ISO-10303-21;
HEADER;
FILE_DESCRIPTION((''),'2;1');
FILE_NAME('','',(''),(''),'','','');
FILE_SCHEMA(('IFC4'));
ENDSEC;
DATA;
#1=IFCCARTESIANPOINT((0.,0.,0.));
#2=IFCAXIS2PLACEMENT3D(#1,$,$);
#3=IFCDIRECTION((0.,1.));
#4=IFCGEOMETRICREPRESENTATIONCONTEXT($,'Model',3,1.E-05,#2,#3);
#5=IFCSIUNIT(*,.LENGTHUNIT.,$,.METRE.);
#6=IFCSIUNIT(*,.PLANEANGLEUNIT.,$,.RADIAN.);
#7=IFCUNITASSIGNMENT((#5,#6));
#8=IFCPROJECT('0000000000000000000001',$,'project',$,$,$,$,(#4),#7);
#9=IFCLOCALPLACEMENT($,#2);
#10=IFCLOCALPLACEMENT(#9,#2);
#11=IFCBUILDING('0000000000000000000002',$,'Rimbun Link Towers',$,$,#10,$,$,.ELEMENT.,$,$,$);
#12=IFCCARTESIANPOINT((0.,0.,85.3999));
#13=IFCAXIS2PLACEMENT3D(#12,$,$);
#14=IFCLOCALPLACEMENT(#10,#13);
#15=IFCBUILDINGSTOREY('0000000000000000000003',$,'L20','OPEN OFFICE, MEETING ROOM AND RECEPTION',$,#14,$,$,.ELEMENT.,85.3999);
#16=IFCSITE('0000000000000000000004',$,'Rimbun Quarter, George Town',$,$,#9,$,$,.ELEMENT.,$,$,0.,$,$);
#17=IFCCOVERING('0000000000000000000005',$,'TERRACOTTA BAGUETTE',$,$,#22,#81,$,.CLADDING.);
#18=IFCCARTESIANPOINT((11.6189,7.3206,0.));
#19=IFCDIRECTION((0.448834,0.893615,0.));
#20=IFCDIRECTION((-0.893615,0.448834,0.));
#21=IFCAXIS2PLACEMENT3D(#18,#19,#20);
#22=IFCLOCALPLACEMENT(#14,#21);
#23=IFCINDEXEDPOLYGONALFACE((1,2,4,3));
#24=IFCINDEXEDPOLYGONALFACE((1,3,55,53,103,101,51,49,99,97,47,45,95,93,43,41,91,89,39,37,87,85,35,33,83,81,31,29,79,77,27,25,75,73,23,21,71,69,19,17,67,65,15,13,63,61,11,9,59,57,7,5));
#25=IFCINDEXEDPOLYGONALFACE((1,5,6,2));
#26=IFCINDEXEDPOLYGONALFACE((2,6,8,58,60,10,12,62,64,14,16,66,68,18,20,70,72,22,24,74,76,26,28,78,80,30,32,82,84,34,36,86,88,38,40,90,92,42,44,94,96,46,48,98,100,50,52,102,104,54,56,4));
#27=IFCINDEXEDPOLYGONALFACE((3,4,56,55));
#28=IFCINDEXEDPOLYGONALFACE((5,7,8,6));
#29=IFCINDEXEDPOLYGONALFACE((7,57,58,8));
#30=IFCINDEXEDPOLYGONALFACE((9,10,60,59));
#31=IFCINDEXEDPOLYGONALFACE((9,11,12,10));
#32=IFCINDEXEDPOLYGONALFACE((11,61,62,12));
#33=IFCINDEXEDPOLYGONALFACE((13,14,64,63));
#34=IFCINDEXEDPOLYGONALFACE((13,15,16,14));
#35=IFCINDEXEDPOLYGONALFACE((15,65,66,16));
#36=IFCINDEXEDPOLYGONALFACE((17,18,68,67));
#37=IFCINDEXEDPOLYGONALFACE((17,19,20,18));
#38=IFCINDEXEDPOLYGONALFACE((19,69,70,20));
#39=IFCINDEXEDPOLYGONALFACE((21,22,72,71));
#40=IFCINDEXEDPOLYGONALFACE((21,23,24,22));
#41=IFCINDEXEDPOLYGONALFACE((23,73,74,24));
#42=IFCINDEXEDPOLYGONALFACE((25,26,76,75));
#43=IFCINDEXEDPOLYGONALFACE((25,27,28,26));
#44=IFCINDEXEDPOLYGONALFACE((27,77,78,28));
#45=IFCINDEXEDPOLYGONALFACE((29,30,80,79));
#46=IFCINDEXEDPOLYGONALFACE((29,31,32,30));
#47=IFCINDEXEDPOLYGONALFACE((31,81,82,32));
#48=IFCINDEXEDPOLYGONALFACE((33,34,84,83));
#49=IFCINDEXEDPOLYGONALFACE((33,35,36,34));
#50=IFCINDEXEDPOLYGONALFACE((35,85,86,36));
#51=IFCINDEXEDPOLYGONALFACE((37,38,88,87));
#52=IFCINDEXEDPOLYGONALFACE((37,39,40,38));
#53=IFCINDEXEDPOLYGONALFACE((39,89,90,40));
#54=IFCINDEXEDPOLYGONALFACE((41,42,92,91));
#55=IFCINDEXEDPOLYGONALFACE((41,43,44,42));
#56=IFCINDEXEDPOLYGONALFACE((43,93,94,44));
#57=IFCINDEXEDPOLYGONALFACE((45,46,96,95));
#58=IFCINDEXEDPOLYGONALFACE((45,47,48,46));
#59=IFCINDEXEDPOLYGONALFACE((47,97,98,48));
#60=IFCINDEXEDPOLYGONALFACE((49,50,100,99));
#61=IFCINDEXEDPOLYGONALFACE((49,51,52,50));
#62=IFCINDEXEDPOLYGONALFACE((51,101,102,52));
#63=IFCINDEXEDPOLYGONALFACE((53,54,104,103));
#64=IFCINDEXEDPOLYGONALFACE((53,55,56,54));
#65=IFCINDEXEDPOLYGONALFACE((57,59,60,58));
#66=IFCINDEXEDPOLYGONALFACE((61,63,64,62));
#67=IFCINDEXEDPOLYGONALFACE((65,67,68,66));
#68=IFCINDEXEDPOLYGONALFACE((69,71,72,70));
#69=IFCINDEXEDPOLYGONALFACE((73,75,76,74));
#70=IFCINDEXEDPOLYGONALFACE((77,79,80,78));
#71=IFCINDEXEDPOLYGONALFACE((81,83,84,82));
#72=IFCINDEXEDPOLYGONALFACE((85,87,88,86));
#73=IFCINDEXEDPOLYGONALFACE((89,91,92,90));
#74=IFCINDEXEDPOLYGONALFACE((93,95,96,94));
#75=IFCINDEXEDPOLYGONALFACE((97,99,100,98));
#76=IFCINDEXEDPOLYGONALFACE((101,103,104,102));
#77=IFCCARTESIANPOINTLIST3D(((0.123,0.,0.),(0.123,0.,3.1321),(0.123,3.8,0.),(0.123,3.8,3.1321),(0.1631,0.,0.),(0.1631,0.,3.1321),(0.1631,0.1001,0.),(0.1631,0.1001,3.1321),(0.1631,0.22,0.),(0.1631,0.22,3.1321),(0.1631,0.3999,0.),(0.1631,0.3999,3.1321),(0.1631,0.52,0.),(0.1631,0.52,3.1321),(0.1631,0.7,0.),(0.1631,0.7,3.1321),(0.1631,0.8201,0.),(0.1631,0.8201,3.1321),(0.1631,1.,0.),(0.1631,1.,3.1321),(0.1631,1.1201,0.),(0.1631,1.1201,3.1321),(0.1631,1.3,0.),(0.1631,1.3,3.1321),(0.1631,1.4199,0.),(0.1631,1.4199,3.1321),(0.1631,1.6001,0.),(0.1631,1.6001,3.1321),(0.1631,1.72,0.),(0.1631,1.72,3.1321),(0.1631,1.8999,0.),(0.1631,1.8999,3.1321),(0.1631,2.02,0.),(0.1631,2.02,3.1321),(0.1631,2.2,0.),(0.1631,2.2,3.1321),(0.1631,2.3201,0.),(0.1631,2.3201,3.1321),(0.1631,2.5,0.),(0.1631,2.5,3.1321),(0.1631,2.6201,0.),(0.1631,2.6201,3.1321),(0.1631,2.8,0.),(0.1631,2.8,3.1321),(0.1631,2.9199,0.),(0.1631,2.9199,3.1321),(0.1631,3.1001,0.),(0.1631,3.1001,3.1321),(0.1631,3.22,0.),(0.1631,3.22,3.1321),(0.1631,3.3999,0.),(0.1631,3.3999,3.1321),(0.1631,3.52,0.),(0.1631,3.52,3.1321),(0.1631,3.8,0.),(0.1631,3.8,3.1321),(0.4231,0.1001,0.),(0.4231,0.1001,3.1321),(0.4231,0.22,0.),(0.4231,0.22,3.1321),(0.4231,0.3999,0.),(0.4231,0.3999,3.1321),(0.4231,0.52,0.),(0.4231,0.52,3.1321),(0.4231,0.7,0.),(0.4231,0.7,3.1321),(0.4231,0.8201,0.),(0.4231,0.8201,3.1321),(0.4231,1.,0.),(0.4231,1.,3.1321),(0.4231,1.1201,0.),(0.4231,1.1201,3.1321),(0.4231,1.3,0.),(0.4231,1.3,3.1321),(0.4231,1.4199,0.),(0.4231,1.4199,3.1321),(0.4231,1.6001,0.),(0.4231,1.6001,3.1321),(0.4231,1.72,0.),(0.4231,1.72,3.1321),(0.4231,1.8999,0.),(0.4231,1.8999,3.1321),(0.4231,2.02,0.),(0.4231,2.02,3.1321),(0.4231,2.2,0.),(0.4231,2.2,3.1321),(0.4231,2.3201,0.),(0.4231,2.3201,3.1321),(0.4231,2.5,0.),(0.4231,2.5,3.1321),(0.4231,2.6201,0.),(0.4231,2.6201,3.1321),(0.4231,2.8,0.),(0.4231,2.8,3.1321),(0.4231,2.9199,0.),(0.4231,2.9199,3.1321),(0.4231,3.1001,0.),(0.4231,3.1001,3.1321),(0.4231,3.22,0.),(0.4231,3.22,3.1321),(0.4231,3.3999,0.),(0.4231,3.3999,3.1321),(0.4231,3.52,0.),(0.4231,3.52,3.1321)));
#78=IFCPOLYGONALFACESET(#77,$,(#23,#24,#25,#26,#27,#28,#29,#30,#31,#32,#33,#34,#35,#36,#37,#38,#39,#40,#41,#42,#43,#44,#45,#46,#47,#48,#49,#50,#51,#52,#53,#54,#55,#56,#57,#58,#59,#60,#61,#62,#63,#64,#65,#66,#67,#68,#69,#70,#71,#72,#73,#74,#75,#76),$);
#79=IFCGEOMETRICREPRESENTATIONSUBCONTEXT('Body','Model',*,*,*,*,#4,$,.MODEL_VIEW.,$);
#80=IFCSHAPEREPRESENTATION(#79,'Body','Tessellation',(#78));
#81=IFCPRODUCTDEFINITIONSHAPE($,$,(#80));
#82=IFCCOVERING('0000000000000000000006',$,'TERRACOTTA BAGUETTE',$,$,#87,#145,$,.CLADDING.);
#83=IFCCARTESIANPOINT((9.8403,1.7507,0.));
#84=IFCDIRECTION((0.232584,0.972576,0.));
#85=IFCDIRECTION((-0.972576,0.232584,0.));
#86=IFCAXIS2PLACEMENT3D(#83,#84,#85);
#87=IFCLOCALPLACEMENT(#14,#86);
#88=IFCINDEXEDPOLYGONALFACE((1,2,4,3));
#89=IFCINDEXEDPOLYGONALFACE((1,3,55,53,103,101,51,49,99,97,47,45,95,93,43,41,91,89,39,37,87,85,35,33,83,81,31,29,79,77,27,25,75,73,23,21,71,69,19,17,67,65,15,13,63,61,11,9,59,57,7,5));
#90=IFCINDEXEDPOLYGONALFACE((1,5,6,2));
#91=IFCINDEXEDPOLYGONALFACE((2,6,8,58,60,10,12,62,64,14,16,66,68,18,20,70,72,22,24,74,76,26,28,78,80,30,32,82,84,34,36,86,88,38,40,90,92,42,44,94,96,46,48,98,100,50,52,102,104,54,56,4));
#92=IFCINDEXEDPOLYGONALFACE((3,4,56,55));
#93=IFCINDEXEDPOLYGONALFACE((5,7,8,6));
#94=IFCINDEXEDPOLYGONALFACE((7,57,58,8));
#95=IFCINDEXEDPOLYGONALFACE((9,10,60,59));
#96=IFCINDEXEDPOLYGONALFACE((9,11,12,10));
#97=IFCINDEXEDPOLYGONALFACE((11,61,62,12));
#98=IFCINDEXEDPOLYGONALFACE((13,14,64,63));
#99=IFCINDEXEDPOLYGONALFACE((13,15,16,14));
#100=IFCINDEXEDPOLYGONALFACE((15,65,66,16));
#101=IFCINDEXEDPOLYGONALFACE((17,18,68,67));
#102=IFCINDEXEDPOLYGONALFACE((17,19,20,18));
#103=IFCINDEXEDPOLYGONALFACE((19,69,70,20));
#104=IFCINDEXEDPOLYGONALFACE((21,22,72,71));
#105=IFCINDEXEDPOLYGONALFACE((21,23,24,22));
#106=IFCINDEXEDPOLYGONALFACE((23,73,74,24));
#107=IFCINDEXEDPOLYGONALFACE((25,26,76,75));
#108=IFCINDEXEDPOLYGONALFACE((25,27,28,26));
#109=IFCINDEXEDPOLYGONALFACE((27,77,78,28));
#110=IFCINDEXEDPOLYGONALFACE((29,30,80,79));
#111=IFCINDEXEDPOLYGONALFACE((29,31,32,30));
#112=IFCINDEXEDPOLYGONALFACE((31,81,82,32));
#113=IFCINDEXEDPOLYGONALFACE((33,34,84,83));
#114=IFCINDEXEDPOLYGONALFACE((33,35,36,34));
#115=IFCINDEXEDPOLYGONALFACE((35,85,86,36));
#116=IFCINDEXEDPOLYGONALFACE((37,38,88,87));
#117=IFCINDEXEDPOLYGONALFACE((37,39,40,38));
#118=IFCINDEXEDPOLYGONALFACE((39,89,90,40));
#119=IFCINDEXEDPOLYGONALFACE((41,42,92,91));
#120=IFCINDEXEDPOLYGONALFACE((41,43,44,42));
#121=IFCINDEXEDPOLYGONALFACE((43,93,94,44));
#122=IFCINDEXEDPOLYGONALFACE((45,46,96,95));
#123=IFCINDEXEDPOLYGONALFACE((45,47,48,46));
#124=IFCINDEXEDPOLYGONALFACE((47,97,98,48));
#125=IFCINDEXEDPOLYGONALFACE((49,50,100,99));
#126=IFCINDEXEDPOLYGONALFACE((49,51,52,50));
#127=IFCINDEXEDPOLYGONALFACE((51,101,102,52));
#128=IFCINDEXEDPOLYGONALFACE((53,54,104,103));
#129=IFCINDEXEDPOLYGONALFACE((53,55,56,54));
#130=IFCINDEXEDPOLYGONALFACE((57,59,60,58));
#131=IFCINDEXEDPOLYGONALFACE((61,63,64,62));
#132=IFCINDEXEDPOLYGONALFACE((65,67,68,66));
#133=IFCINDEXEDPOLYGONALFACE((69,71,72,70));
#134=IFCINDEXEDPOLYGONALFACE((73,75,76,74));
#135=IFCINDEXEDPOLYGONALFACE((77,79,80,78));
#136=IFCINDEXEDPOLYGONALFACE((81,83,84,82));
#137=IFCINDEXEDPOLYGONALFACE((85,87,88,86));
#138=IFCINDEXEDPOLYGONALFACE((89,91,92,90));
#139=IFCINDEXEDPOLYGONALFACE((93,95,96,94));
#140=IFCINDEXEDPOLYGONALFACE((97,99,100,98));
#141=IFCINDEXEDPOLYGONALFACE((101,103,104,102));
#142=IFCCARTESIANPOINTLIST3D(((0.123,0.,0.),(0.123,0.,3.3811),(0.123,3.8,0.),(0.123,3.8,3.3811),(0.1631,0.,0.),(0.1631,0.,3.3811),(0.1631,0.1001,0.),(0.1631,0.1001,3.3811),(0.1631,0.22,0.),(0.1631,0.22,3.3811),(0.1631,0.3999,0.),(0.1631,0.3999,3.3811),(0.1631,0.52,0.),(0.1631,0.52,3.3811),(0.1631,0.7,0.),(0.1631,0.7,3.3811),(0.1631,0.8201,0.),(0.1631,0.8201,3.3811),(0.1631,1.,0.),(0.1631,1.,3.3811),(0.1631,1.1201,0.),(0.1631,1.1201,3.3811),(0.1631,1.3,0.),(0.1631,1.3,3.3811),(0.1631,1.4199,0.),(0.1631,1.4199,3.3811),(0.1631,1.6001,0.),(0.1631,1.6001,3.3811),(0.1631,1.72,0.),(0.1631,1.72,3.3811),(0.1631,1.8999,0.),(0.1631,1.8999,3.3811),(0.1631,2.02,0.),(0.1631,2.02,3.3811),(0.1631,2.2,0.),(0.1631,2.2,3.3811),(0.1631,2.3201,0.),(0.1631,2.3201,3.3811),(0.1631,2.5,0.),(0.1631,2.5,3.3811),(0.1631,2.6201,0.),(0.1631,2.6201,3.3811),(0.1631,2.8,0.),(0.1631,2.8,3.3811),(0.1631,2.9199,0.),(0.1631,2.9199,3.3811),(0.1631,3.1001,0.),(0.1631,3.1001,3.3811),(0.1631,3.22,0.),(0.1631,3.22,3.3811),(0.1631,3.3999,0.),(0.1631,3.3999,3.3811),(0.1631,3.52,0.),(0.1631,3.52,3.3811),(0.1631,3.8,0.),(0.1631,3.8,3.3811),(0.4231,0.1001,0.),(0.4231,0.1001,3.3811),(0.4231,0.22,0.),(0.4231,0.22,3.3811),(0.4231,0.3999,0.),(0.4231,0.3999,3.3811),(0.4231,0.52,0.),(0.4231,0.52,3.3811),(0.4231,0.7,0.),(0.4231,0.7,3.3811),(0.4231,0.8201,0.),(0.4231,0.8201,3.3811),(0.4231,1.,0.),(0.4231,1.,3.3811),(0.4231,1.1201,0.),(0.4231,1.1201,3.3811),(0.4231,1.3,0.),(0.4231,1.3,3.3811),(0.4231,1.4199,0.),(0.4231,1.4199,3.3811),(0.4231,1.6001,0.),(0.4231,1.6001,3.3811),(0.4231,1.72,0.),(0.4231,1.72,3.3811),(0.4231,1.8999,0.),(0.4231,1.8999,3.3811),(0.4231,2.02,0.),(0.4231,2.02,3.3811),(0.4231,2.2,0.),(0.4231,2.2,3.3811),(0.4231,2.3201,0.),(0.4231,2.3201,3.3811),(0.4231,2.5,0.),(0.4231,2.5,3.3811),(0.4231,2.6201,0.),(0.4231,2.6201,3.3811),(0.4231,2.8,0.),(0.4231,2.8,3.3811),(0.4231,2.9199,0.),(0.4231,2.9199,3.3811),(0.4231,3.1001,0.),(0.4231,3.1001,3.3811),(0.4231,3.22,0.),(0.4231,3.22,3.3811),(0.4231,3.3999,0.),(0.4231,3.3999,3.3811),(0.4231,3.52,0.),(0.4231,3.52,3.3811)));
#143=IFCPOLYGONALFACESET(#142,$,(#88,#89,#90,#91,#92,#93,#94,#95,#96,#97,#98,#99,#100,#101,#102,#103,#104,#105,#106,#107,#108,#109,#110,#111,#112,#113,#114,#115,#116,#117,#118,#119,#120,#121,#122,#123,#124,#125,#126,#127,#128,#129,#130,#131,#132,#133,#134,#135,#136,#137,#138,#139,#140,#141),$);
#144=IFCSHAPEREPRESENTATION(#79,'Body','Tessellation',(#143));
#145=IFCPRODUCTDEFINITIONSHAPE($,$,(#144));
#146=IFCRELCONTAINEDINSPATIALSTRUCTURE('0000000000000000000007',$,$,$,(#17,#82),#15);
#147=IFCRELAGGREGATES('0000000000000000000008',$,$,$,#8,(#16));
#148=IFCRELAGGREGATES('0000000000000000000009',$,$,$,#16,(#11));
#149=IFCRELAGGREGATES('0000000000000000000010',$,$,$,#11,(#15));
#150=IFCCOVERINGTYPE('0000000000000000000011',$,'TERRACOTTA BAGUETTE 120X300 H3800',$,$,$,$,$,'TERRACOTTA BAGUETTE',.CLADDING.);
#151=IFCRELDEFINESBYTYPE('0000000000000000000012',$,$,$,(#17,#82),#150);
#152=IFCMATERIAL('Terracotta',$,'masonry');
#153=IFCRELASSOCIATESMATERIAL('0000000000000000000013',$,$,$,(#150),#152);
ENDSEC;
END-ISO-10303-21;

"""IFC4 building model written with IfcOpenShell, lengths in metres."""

from ifc_helpers import new_model, si_unit, direction, frame, origin, place, context, subcontext, project, spatial, polyline, outline, extrude, material, material_profile, profile_set, type_object, element, save


model = new_model("IFC4")

# Units and contexts
model_context = context("Model", 3, precision=1e-05, world=origin(), true_north=direction((0.0, 1.0)))
body_context = subcontext(model_context, "Body", "Model", "MODEL_VIEW")
ifc_project = project(units=[si_unit("LENGTHUNIT", "METRE"), si_unit("PLANEANGLEUNIT", "RADIAN")], contexts=[model_context])

# Site, building, storey
site_placement = place(None, origin())
site = spatial("IfcSite", under=ifc_project, at=site_placement, Name="Rimbun Quarter, George Town", CompositionType="ELEMENT", RefElevation=0.0)
building_placement = place(site_placement, origin())
building = spatial("IfcBuilding", under=site, at=building_placement, Name="Rimbun Link Towers", CompositionType="ELEMENT")
storey_placement = place(building_placement, frame((0.0, 0.0, 85.3999)))
storey = spatial("IfcBuildingStorey", under=building, at=storey_placement, Name="L20", Description="OPEN OFFICE, MEETING ROOM AND RECEPTION", CompositionType="ELEMENT", Elevation=85.3999)

# Coverings
ifc_material_1 = material(Name="Terracotta", Category="masonry")
ifc_material_profile_1 = material_profile(ifc_material_1, outline(polyline([(0.123, 0.0), (0.1631, 0.0), (0.1631, 0.1001), (0.4231, 0.1001), (0.4231, 0.22), (0.1631, 0.22), (0.1631, 0.3999), (0.4231, 0.3999), (0.4231, 0.52), (0.1631, 0.52), (0.1631, 0.7), (0.4231, 0.7), (0.4231, 0.8201), (0.1631, 0.8201), (0.1631, 1.0), (0.4231, 1.0), (0.4231, 1.1201), (0.1631, 1.1201), (0.1631, 1.3), (0.4231, 1.3), (0.4231, 1.4199), (0.1631, 1.4199), (0.1631, 1.6001), (0.4231, 1.6001), (0.4231, 1.72), (0.1631, 1.72), (0.1631, 1.8999), (0.4231, 1.8999), (0.4231, 2.02), (0.1631, 2.02), (0.1631, 2.2), (0.4231, 2.2), (0.4231, 2.3201), (0.1631, 2.3201), (0.1631, 2.5), (0.4231, 2.5), (0.4231, 2.6201), (0.1631, 2.6201), (0.1631, 2.8), (0.4231, 2.8), (0.4231, 2.9199), (0.1631, 2.9199), (0.1631, 3.1001), (0.4231, 3.1001), (0.4231, 3.22), (0.1631, 3.22), (0.1631, 3.3999), (0.4231, 3.3999), (0.4231, 3.52), (0.1631, 3.52), (0.1631, 3.8), (0.123, 3.8), (0.123, 0.0)])), Name="BAGUETTE 120X300")
ifc_profile_set_1 = profile_set([ifc_material_profile_1], Name="Terracotta")
covering_type_1 = type_object("IfcCoveringType", Name="TERRACOTTA BAGUETTE 120X300 H3800", ElementType="TERRACOTTA BAGUETTE", PredefinedType="CLADDING", material=ifc_profile_set_1)
covering_1_placement = place(storey_placement, frame((11.6189, 7.3206, 0.0), z_axis=(0.448834, 0.893615, 0.0), x_axis=(-0.893615, 0.448834, 0.0)))
element("IfcCovering", 1, at=covering_1_placement, inside=storey, type_object=covering_type_1, Name="TERRACOTTA BAGUETTE", PredefinedType="CLADDING", context=body_context, shape_type="SweptSolid", body=[
    extrude(outline(polyline([(0.123, 0.0), (0.1631, 0.0), (0.1631, 0.1001), (0.4231, 0.1001), (0.4231, 0.22), (0.1631, 0.22), (0.1631, 0.3999), (0.4231, 0.3999), (0.4231, 0.52), (0.1631, 0.52), (0.1631, 0.7), (0.4231, 0.7), (0.4231, 0.8201), (0.1631, 0.8201), (0.1631, 1.0), (0.4231, 1.0), (0.4231, 1.1201), (0.1631, 1.1201), (0.1631, 1.3), (0.4231, 1.3), (0.4231, 1.4199), (0.1631, 1.4199), (0.1631, 1.6001), (0.4231, 1.6001), (0.4231, 1.72), (0.1631, 1.72), (0.1631, 1.8999), (0.4231, 1.8999), (0.4231, 2.02), (0.1631, 2.02), (0.1631, 2.2), (0.4231, 2.2), (0.4231, 2.3201), (0.1631, 2.3201), (0.1631, 2.5), (0.4231, 2.5), (0.4231, 2.6201), (0.1631, 2.6201), (0.1631, 2.8), (0.4231, 2.8), (0.4231, 2.9199), (0.1631, 2.9199), (0.1631, 3.1001), (0.4231, 3.1001), (0.4231, 3.22), (0.1631, 3.22), (0.1631, 3.3999), (0.4231, 3.3999), (0.4231, 3.52), (0.1631, 3.52), (0.1631, 3.8), (0.123, 3.8), (0.123, 0.0)])), origin(), (0.0, 0.0, 1.0), 3.1321),
])
covering_2_placement = place(storey_placement, frame((9.8403, 1.7507, 0.0), z_axis=(0.232584, 0.972576, 0.0), x_axis=(-0.972576, 0.232584, 0.0)))
element("IfcCovering", 2, at=covering_2_placement, inside=storey, type_object=covering_type_1, Name="TERRACOTTA BAGUETTE", PredefinedType="CLADDING", context=body_context, shape_type="SweptSolid", body=[
    extrude(outline(polyline([(0.123, 0.0), (0.1631, 0.0), (0.1631, 0.1001), (0.4231, 0.1001), (0.4231, 0.22), (0.1631, 0.22), (0.1631, 0.3999), (0.4231, 0.3999), (0.4231, 0.52), (0.1631, 0.52), (0.1631, 0.7), (0.4231, 0.7), (0.4231, 0.8201), (0.1631, 0.8201), (0.1631, 1.0), (0.4231, 1.0), (0.4231, 1.1201), (0.1631, 1.1201), (0.1631, 1.3), (0.4231, 1.3), (0.4231, 1.4199), (0.1631, 1.4199), (0.1631, 1.6001), (0.4231, 1.6001), (0.4231, 1.72), (0.1631, 1.72), (0.1631, 1.8999), (0.4231, 1.8999), (0.4231, 2.02), (0.1631, 2.02), (0.1631, 2.2), (0.4231, 2.2), (0.4231, 2.3201), (0.1631, 2.3201), (0.1631, 2.5), (0.4231, 2.5), (0.4231, 2.6201), (0.1631, 2.6201), (0.1631, 2.8), (0.4231, 2.8), (0.4231, 2.9199), (0.1631, 2.9199), (0.1631, 3.1001), (0.4231, 3.1001), (0.4231, 3.22), (0.1631, 3.22), (0.1631, 3.3999), (0.4231, 3.3999), (0.4231, 3.52), (0.1631, 3.52), (0.1631, 3.8), (0.123, 3.8), (0.123, 0.0)])), origin(), (0.0, 0.0, 1.0), 3.3811),
])

save(model, "model.ifc")
